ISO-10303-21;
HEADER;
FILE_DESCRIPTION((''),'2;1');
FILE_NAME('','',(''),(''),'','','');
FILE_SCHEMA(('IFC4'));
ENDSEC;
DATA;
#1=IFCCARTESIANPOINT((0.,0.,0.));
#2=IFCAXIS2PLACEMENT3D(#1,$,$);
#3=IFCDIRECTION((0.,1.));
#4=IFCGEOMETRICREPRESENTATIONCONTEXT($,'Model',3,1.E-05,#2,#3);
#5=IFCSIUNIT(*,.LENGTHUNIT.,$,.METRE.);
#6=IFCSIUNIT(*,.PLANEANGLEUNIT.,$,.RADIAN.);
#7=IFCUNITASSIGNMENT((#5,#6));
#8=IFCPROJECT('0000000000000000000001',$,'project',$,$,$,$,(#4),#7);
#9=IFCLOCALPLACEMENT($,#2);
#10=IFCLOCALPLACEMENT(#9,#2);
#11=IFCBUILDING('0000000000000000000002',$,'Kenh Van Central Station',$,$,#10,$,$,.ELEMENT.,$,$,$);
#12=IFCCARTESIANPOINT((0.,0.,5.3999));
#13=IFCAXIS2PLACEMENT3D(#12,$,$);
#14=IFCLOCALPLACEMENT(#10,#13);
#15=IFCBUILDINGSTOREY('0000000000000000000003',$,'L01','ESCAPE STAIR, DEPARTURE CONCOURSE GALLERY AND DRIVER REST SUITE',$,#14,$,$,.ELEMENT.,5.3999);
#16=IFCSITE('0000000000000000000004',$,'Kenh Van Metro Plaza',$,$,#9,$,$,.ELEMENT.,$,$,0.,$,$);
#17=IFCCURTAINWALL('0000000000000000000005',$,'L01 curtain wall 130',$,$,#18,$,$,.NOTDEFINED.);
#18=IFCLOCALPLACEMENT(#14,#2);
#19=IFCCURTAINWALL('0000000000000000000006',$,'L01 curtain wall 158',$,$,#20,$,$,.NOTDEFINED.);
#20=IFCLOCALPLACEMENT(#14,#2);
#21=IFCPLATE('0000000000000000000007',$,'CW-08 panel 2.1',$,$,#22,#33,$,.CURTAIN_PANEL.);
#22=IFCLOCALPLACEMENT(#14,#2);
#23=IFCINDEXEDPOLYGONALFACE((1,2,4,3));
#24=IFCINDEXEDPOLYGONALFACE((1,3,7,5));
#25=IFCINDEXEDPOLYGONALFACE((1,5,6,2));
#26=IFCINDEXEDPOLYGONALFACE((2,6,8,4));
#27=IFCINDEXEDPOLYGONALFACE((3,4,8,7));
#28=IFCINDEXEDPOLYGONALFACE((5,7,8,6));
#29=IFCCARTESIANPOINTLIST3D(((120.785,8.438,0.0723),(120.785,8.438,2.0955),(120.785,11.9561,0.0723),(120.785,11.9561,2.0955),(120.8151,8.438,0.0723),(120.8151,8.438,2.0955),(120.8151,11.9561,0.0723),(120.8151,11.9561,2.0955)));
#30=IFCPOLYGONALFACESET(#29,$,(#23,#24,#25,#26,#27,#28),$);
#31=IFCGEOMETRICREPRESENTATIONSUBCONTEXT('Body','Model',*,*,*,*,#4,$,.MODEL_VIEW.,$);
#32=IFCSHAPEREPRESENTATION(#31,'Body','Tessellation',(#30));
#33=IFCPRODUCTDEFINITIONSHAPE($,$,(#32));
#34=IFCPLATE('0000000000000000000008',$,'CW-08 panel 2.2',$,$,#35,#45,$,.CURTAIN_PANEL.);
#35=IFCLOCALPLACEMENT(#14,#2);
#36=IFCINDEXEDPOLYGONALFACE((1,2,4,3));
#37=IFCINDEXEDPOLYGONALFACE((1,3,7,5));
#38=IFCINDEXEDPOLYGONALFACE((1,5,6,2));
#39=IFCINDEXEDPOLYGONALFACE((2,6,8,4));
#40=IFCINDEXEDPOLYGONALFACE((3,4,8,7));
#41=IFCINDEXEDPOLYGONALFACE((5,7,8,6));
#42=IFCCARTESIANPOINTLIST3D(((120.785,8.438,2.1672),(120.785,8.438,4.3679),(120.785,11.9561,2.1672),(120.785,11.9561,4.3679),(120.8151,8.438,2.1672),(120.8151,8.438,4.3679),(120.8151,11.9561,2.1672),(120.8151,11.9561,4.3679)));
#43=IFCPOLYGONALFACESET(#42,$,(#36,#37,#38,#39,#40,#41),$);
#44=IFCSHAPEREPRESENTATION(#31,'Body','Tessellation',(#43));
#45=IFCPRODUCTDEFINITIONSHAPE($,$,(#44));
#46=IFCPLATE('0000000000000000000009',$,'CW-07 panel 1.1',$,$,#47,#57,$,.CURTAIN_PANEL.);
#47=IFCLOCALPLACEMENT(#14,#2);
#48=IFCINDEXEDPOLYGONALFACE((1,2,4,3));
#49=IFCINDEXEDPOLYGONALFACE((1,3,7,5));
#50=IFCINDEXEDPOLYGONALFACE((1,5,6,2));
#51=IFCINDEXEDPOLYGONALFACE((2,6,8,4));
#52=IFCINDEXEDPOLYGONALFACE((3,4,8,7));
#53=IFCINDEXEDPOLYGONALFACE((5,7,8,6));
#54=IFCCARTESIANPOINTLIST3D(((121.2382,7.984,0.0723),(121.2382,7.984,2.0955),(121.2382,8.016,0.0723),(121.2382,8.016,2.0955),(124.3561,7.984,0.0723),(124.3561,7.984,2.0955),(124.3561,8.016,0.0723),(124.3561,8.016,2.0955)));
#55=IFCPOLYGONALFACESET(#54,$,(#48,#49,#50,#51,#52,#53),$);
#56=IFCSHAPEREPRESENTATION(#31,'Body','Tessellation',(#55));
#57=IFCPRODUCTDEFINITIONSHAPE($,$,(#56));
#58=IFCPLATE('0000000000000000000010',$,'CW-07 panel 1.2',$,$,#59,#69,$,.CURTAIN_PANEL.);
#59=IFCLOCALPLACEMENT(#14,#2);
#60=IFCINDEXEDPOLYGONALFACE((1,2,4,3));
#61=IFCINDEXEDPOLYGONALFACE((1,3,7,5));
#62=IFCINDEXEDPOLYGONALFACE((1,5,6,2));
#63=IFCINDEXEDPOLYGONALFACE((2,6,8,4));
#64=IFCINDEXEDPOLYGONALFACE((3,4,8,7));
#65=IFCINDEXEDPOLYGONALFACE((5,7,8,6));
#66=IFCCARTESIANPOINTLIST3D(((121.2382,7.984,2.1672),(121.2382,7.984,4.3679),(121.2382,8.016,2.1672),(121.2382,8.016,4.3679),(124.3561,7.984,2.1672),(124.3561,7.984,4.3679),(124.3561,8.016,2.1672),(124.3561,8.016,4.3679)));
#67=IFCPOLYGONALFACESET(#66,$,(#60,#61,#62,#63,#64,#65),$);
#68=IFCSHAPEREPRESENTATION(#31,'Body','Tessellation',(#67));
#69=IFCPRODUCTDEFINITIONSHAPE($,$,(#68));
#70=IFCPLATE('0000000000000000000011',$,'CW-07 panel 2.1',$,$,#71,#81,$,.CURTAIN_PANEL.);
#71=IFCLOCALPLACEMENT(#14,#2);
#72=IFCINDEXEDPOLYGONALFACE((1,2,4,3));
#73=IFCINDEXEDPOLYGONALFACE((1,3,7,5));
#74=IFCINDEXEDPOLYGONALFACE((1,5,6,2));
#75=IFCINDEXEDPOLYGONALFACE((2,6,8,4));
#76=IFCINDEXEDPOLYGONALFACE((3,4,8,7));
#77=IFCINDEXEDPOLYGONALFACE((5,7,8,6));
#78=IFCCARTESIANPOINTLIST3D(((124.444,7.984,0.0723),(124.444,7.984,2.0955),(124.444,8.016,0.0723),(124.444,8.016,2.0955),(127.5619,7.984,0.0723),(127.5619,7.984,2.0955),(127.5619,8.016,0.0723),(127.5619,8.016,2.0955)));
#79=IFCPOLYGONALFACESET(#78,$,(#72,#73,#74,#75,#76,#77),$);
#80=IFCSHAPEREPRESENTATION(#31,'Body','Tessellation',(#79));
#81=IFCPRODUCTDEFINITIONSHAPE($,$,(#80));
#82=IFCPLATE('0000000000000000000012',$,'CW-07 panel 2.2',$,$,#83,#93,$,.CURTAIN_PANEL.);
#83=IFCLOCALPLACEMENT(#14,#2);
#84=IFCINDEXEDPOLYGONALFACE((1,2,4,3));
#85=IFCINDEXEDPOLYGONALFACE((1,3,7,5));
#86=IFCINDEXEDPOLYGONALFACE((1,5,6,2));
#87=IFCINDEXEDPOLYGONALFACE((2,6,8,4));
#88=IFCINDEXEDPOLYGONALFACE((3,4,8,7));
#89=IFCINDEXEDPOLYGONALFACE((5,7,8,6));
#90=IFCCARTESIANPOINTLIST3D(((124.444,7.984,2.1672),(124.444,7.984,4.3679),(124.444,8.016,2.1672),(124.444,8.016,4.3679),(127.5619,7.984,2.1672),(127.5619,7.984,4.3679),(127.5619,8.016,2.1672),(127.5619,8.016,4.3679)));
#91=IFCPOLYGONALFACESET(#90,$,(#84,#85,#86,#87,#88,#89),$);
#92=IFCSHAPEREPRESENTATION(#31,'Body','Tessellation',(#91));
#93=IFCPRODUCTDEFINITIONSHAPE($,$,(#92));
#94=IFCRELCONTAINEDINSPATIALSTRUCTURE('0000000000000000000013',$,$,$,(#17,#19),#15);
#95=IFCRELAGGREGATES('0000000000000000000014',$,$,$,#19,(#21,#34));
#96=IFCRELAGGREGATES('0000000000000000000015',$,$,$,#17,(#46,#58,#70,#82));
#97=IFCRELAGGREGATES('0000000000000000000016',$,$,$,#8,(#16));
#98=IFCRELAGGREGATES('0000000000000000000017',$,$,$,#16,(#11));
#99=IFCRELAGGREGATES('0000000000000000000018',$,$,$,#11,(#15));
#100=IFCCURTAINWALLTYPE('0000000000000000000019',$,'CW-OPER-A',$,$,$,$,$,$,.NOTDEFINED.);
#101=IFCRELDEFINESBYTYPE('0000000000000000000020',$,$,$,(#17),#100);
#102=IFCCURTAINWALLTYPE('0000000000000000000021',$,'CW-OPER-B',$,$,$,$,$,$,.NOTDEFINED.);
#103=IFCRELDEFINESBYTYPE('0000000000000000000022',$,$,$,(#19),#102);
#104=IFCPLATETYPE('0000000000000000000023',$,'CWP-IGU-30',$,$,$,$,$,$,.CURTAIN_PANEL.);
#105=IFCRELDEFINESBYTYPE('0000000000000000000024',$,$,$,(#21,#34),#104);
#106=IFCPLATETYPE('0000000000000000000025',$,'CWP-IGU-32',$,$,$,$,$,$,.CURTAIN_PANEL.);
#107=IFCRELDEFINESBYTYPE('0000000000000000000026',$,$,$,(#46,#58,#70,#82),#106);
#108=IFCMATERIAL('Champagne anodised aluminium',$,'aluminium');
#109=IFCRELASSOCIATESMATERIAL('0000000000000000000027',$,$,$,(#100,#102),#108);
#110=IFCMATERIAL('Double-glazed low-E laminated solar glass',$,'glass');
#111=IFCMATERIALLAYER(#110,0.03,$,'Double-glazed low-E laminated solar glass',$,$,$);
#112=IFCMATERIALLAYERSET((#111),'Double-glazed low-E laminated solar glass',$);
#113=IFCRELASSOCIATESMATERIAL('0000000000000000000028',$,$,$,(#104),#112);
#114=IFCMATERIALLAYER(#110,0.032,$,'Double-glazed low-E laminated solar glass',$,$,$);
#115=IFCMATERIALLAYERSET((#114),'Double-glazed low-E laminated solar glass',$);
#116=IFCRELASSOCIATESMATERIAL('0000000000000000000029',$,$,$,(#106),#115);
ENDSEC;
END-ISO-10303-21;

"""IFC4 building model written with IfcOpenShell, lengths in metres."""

from ifc_helpers import new_model, si_unit, direction, frame, origin, origin_2d, place, context, subcontext, project, spatial, rectangle, extrude, material, layer, layer_set, type_object, element, aggregate, save


model = new_model("IFC4")

# Units and contexts
model_context = context("Model", 3, precision=1e-05, world=origin(), true_north=direction((0.0, 1.0)))
body_context = subcontext(model_context, "Body", "Model", "MODEL_VIEW")
ifc_project = project(units=[si_unit("LENGTHUNIT", "METRE"), si_unit("PLANEANGLEUNIT", "RADIAN")], contexts=[model_context])

# Site, building, storey
site_placement = place(None, origin())
site = spatial("IfcSite", under=ifc_project, at=site_placement, Name="Kenh Van Metro Plaza", CompositionType="ELEMENT", RefElevation=0.0)
building_placement = place(site_placement, origin())
building = spatial("IfcBuilding", under=site, at=building_placement, Name="Kenh Van Central Station", CompositionType="ELEMENT")
storey_placement = place(building_placement, frame((0.0, 0.0, 5.3999)))
storey = spatial("IfcBuildingStorey", under=building, at=storey_placement, Name="L01", Description="ESCAPE STAIR, DEPARTURE CONCOURSE GALLERY AND DRIVER REST SUITE", CompositionType="ELEMENT", Elevation=5.3999)

# Curtain walls
ifc_material_1 = material(Name="Champagne anodised aluminium", Category="aluminium")
curtain_wall_type_1 = type_object("IfcCurtainWallType", Name="CW-OPER-A", PredefinedType="NOTDEFINED", material=ifc_material_1)
curtain_wall_1_placement = place(storey_placement, origin())
curtain_wall_1 = element("IfcCurtainWall", 1, at=curtain_wall_1_placement, inside=storey, type_object=curtain_wall_type_1, Name="L01 curtain wall 130", PredefinedType="NOTDEFINED")
curtain_wall_type_2 = type_object("IfcCurtainWallType", Name="CW-OPER-B", PredefinedType="NOTDEFINED", material=ifc_material_1)
curtain_wall_2_placement = place(storey_placement, origin())
curtain_wall_2 = element("IfcCurtainWall", 2, at=curtain_wall_2_placement, inside=storey, type_object=curtain_wall_type_2, Name="L01 curtain wall 158", PredefinedType="NOTDEFINED")

# Plates
ifc_material_2 = material(Name="Double-glazed low-E laminated solar glass", Category="glass")
ifc_layer_1 = layer(ifc_material_2, 0.03, Name="Double-glazed low-E laminated solar glass")
ifc_layer_set_1 = layer_set([ifc_layer_1], Name="Double-glazed low-E laminated solar glass")
plate_type_1 = type_object("IfcPlateType", Name="CWP-IGU-30", PredefinedType="CURTAIN_PANEL", material=ifc_layer_set_1)
plate_1_placement = place(storey_placement, frame((120.8, 10.197, 0.0723), z_axis=(0.0, 0.0, 1.0), x_axis=(0.0, -1.0, 0.0)))
plate_1 = element("IfcPlate", 3, at=plate_1_placement, type_object=plate_type_1, Name="CW-08 panel 2.1", PredefinedType="CURTAIN_PANEL", context=body_context, shape_type="SweptSolid", body=[
    extrude(rectangle(XDim=3.5181, YDim=0.03, at=origin_2d()), origin(), (0.0, 0.0, 1.0), 2.0232),
])
plate_2_placement = place(storey_placement, frame((120.8, 10.197, 2.1672), z_axis=(0.0, 0.0, 1.0), x_axis=(0.0, -1.0, 0.0)))
plate_2 = element("IfcPlate", 4, at=plate_2_placement, type_object=plate_type_1, Name="CW-08 panel 2.2", PredefinedType="CURTAIN_PANEL", context=body_context, shape_type="SweptSolid", body=[
    extrude(rectangle(XDim=3.5181, YDim=0.03, at=origin_2d()), origin(), (0.0, 0.0, 1.0), 2.2007),
])
aggregate(curtain_wall_2, [plate_1, plate_2])
ifc_layer_2 = layer(ifc_material_2, 0.032, Name="Double-glazed low-E laminated solar glass")
ifc_layer_set_2 = layer_set([ifc_layer_2], Name="Double-glazed low-E laminated solar glass")
plate_type_2 = type_object("IfcPlateType", Name="CWP-IGU-32", PredefinedType="CURTAIN_PANEL", material=ifc_layer_set_2)
plate_3_placement = place(storey_placement, frame((122.7971, 8.0, 0.0723), z_axis=(0.0, 0.0, 1.0), x_axis=(1.0, 0.0, 0.0)))
plate_3 = element("IfcPlate", 5, at=plate_3_placement, type_object=plate_type_2, Name="CW-07 panel 1.1", PredefinedType="CURTAIN_PANEL", context=body_context, shape_type="SweptSolid", body=[
    extrude(rectangle(XDim=3.1179, YDim=0.032, at=origin_2d()), origin(), (0.0, 0.0, 1.0), 2.0232),
])
plate_4_placement = place(storey_placement, frame((122.7971, 8.0, 2.1672), z_axis=(0.0, 0.0, 1.0), x_axis=(1.0, 0.0, 0.0)))
plate_4 = element("IfcPlate", 6, at=plate_4_placement, type_object=plate_type_2, Name="CW-07 panel 1.2", PredefinedType="CURTAIN_PANEL", context=body_context, shape_type="SweptSolid", body=[
    extrude(rectangle(XDim=3.1179, YDim=0.032, at=origin_2d()), origin(), (0.0, 0.0, 1.0), 2.2007),
])
plate_5_placement = place(storey_placement, frame((126.0029, 8.0, 0.0723), z_axis=(0.0, 0.0, 1.0), x_axis=(1.0, 0.0, 0.0)))
plate_5 = element("IfcPlate", 7, at=plate_5_placement, type_object=plate_type_2, Name="CW-07 panel 2.1", PredefinedType="CURTAIN_PANEL", context=body_context, shape_type="SweptSolid", body=[
    extrude(rectangle(XDim=3.1179, YDim=0.032, at=origin_2d()), origin(), (0.0, 0.0, 1.0), 2.0232),
])
plate_6_placement = place(storey_placement, frame((126.0029, 8.0, 2.1672), z_axis=(0.0, 0.0, 1.0), x_axis=(1.0, 0.0, 0.0)))
plate_6 = element("IfcPlate", 8, at=plate_6_placement, type_object=plate_type_2, Name="CW-07 panel 2.2", PredefinedType="CURTAIN_PANEL", context=body_context, shape_type="SweptSolid", body=[
    extrude(rectangle(XDim=3.1179, YDim=0.032, at=origin_2d()), origin(), (0.0, 0.0, 1.0), 2.2007),
])
aggregate(curtain_wall_1, [plate_3, plate_4, plate_5, plate_6])

save(model, "model.ifc")
